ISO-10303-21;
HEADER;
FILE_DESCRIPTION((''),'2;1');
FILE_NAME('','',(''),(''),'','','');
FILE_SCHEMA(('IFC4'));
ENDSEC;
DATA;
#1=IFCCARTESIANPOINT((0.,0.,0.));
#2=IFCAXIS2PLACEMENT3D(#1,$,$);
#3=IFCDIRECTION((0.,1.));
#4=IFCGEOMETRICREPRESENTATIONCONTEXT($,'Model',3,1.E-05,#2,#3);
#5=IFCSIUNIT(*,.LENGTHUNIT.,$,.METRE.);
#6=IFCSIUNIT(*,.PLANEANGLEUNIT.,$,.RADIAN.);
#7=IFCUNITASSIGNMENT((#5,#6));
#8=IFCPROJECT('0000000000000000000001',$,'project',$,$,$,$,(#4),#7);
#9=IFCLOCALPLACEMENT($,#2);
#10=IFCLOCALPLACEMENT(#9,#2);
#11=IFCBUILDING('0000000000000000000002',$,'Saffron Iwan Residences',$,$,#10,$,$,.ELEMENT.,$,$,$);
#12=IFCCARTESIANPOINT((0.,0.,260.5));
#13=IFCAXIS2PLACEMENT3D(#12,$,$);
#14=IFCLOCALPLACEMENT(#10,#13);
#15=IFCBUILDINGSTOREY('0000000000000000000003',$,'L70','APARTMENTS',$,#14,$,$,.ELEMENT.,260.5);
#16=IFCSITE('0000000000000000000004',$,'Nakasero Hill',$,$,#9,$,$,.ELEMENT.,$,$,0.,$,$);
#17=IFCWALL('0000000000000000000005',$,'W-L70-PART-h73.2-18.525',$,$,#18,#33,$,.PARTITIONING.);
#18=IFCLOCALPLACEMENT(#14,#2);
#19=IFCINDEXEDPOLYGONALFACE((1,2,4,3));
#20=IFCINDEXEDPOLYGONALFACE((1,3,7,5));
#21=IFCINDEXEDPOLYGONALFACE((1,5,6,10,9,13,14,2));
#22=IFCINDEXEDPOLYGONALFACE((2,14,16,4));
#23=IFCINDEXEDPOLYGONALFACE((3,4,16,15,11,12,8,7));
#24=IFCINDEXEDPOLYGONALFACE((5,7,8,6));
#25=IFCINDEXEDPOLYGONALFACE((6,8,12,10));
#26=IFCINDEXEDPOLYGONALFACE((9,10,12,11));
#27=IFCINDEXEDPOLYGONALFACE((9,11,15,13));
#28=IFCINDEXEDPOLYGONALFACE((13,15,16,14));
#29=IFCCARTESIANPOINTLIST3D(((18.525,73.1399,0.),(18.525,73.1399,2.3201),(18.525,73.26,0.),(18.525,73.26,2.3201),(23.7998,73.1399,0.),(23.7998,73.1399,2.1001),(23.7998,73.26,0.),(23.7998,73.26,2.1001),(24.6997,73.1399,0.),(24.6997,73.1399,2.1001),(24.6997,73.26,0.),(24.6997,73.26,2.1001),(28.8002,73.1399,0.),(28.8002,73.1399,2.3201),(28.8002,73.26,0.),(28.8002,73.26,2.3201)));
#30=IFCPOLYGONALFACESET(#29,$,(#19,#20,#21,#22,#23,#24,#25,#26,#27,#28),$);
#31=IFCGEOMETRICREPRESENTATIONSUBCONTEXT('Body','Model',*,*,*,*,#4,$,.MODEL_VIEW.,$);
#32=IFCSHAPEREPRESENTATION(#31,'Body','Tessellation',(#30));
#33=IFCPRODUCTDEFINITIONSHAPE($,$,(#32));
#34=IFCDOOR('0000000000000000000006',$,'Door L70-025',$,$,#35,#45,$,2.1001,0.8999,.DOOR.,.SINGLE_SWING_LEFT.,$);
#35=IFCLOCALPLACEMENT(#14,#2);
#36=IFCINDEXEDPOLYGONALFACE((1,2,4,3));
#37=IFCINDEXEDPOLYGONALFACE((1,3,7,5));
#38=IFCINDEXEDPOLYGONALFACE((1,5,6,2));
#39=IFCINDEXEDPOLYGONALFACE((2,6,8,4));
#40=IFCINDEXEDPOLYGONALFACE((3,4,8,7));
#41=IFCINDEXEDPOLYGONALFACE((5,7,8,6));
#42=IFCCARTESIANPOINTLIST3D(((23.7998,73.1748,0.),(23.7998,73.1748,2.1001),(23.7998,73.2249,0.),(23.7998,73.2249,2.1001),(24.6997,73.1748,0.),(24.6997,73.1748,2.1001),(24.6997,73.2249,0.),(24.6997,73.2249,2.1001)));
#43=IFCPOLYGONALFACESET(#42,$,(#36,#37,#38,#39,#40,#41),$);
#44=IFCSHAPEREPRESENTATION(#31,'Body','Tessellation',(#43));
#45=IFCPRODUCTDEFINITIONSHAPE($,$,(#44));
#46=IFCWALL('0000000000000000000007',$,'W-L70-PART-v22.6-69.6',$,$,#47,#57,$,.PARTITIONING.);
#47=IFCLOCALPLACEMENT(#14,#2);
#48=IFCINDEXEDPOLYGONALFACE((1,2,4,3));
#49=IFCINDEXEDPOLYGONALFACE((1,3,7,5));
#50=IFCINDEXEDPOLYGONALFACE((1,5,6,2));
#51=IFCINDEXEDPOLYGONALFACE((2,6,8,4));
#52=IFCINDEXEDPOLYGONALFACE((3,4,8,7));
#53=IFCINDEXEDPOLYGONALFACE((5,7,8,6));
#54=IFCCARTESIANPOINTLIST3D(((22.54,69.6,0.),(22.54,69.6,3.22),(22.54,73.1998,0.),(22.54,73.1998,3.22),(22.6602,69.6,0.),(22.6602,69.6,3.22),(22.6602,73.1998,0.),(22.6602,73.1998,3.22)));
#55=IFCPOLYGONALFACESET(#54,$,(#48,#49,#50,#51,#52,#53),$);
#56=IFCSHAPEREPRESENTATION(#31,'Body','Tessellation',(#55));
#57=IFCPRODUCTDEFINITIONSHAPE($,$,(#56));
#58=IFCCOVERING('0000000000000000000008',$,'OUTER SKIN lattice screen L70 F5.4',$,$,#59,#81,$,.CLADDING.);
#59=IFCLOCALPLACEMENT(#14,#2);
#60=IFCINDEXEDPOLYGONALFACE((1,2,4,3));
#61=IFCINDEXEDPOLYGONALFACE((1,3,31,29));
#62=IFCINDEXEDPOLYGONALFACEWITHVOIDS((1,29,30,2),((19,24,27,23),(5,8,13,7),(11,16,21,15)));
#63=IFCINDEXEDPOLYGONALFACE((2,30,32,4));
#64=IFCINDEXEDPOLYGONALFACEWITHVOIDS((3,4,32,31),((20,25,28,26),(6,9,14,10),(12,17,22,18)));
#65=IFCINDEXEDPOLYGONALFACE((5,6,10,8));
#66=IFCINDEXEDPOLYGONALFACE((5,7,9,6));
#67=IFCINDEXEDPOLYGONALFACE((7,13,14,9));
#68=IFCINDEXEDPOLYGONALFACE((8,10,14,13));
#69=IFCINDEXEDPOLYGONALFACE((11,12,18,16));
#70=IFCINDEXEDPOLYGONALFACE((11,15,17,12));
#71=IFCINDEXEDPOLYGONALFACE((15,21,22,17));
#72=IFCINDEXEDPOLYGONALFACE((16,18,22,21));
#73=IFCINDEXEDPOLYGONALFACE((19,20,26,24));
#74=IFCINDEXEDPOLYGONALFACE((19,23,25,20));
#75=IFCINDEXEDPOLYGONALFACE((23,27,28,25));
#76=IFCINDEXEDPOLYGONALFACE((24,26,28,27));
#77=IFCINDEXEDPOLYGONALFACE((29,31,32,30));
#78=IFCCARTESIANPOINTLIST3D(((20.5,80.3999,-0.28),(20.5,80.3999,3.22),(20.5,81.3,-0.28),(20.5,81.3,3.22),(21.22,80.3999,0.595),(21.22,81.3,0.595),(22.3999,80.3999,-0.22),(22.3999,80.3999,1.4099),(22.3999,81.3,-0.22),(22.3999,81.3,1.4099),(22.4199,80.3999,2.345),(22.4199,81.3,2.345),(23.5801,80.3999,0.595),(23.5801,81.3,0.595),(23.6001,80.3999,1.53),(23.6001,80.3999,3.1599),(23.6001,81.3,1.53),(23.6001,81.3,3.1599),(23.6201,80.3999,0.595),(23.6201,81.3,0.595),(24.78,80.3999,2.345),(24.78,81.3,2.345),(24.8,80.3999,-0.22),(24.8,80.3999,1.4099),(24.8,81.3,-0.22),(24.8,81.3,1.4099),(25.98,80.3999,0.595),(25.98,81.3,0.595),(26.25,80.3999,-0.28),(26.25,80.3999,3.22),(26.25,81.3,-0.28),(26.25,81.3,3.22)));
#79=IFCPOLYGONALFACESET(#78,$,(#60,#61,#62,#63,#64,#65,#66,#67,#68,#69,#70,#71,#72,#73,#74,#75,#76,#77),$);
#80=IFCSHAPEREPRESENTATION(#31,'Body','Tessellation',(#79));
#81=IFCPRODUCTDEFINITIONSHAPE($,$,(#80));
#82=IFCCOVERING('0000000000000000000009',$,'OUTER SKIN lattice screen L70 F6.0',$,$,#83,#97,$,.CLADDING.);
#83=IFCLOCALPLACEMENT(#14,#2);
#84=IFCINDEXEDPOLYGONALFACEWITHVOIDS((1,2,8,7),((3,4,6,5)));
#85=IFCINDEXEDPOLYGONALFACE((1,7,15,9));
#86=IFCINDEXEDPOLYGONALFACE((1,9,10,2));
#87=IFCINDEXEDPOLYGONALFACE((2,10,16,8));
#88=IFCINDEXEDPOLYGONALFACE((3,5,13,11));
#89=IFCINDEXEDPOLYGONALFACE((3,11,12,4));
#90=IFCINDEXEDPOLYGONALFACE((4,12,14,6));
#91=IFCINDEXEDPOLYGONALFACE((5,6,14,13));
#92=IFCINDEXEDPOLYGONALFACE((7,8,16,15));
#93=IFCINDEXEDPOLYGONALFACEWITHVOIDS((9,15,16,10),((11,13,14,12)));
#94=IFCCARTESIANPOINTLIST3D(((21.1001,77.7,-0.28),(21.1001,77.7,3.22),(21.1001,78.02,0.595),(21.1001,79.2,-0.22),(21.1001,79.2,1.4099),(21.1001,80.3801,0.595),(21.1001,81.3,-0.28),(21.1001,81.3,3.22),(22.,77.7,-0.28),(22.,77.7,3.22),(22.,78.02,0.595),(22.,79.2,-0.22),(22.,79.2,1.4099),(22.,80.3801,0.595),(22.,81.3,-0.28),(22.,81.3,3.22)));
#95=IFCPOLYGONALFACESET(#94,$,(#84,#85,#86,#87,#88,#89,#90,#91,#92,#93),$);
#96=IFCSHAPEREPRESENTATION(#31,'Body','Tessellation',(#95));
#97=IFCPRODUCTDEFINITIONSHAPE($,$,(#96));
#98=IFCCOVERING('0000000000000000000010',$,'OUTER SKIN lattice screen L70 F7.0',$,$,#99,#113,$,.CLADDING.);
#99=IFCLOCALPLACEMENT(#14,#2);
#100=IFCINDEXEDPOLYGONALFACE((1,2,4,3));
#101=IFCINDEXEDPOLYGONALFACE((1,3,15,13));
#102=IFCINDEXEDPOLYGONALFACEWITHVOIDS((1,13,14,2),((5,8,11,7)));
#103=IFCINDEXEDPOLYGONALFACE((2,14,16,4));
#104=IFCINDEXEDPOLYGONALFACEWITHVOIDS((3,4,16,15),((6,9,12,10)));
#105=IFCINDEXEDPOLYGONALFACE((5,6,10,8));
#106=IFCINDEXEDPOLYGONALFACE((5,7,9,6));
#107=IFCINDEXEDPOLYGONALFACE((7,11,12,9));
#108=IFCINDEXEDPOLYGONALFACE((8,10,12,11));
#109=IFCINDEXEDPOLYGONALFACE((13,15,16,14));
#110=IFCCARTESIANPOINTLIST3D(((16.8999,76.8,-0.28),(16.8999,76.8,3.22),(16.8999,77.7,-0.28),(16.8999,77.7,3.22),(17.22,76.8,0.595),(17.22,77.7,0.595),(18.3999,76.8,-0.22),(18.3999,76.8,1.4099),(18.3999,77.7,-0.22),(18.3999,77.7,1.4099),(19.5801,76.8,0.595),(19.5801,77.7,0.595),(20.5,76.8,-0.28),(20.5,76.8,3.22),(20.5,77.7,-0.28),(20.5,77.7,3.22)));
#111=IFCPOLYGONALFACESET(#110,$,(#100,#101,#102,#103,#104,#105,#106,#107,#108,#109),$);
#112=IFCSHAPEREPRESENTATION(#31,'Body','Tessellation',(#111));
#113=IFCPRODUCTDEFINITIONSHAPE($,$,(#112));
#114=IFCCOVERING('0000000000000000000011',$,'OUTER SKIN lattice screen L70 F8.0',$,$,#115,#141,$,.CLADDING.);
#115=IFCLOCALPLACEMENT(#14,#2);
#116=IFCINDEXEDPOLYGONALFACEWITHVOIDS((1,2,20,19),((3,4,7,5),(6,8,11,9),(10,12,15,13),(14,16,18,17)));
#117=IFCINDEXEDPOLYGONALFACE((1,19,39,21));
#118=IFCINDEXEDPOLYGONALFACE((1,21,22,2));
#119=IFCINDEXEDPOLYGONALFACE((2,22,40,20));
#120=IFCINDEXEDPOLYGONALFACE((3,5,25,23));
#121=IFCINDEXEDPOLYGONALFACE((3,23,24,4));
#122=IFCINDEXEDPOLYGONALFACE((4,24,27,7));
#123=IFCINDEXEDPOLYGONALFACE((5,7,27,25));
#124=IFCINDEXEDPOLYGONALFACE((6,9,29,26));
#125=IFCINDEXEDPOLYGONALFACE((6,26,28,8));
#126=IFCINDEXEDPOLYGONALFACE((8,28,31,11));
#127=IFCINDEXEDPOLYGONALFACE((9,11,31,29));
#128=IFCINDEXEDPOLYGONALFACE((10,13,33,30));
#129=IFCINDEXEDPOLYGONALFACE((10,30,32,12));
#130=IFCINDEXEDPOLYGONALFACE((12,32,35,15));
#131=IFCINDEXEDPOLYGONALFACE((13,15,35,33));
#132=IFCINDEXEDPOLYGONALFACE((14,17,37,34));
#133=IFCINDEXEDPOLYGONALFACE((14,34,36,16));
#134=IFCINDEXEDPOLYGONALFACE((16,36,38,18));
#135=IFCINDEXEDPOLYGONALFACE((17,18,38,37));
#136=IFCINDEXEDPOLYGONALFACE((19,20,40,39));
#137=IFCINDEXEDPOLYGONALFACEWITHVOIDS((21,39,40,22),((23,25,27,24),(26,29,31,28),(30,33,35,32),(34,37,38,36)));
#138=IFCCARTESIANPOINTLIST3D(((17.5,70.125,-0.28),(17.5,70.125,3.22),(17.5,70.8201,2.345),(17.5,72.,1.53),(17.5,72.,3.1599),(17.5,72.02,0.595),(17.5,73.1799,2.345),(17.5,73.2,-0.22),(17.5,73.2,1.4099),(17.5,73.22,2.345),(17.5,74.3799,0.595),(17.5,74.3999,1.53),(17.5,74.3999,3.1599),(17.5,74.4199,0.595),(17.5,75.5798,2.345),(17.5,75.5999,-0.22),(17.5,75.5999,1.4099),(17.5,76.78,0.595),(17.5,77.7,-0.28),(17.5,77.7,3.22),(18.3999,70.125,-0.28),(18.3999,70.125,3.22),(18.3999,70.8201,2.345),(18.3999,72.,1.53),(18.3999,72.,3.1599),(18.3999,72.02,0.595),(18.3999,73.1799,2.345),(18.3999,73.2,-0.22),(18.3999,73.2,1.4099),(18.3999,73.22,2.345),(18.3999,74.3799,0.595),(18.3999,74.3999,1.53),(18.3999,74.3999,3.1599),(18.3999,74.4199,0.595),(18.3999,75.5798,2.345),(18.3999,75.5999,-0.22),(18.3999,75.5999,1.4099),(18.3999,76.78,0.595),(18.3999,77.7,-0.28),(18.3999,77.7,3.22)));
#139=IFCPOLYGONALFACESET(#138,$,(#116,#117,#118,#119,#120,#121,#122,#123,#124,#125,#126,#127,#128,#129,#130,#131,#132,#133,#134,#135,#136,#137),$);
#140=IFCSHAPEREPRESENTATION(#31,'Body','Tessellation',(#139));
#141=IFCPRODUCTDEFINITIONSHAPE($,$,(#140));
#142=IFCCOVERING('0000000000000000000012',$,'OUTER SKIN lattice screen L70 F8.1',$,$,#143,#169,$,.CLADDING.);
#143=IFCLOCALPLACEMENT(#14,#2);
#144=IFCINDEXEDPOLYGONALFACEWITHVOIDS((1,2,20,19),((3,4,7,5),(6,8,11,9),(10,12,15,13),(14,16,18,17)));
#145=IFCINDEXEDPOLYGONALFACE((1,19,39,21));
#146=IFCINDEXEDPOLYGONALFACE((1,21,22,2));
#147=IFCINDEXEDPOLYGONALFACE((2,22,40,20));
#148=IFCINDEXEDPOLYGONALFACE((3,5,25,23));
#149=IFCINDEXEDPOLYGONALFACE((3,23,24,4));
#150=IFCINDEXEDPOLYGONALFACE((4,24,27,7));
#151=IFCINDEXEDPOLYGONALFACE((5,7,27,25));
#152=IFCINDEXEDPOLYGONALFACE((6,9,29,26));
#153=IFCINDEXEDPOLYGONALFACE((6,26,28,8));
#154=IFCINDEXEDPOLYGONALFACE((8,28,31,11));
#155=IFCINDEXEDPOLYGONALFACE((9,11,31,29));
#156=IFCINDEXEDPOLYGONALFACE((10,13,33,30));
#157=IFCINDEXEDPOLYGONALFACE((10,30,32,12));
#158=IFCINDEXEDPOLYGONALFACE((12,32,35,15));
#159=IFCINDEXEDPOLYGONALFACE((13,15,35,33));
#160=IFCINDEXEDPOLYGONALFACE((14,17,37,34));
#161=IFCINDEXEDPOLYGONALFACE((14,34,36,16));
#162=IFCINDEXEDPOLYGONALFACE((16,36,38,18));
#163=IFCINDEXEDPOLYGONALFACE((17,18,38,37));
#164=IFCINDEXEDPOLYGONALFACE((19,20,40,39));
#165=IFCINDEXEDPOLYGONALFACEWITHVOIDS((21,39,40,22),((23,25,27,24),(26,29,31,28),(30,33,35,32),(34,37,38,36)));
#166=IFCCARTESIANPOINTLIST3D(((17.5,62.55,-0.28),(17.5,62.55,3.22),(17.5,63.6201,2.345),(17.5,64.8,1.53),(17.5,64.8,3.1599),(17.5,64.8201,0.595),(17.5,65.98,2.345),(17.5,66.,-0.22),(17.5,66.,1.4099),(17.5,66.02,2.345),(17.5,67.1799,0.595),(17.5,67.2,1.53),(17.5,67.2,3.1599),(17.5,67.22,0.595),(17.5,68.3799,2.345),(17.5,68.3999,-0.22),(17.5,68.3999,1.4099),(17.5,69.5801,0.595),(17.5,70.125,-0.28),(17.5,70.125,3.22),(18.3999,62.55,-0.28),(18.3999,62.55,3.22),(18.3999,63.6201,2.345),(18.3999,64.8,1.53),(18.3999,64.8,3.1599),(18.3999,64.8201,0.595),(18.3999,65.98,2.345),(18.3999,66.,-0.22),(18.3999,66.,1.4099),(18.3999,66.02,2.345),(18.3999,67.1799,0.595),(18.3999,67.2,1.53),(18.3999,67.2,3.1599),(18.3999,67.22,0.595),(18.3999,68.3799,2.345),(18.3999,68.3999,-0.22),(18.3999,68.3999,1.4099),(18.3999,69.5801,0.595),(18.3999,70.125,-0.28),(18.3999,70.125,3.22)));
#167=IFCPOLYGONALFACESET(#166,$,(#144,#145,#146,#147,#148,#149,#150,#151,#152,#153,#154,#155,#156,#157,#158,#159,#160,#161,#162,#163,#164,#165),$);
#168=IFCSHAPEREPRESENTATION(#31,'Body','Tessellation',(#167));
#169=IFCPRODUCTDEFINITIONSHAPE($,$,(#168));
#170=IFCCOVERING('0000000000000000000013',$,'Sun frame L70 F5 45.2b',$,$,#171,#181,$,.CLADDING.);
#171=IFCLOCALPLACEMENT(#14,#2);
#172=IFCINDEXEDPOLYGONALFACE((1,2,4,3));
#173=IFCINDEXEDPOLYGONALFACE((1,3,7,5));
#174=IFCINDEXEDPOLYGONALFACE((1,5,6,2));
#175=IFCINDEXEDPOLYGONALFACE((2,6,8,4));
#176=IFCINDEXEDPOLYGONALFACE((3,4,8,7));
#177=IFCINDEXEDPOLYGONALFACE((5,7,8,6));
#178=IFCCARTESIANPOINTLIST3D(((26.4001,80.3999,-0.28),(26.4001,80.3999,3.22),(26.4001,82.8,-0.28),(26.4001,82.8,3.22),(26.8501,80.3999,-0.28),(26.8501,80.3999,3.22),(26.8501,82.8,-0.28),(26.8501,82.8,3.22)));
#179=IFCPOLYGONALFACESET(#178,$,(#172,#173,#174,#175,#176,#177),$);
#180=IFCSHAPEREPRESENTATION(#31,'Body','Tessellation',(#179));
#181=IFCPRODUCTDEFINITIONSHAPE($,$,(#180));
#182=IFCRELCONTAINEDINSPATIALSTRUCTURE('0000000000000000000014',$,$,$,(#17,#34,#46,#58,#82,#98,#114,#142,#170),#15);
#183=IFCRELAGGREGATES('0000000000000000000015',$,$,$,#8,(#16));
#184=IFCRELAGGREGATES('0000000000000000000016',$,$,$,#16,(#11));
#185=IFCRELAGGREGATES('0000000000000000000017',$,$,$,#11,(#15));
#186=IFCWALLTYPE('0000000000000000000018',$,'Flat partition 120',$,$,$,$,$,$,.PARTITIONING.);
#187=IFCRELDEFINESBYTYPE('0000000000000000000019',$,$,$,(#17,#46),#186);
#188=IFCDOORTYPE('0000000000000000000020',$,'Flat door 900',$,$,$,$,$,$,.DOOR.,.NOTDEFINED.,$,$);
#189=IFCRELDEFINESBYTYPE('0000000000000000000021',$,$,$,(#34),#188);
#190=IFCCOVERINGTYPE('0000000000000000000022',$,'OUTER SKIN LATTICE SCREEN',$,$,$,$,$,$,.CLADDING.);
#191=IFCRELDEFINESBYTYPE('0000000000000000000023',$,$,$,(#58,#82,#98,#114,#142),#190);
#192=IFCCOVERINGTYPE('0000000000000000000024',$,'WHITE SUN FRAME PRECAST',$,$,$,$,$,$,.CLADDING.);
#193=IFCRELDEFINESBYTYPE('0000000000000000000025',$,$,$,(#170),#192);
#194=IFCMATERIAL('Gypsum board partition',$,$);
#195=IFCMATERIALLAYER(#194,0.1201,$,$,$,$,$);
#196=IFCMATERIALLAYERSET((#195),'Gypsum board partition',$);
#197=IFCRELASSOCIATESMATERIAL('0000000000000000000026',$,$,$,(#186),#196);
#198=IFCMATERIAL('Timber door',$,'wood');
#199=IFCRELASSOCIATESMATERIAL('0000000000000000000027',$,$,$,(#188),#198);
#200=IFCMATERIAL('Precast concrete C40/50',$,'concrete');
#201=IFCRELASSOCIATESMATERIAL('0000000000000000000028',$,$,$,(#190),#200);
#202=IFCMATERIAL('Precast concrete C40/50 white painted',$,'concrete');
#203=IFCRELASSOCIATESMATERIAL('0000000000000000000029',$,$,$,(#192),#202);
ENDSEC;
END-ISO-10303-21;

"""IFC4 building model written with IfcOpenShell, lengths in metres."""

from ifc_helpers import new_model, si_unit, direction, frame, frame_2d, origin, place, context, subcontext, project, spatial, polyline, rectangle, outline, extrude, material, layer, layer_set, type_object, element, fill, save


model = new_model("IFC4")

# Units and contexts
model_context = context("Model", 3, precision=1e-05, world=origin(), true_north=direction((0.0, 1.0)))
body_context = subcontext(model_context, "Body", "Model", "MODEL_VIEW")
ifc_project = project(units=[si_unit("LENGTHUNIT", "METRE"), si_unit("PLANEANGLEUNIT", "RADIAN")], contexts=[model_context])

# Site, building, storey
site_placement = place(None, origin())
site = spatial("IfcSite", under=ifc_project, at=site_placement, Name="Nakasero Hill", CompositionType="ELEMENT", RefElevation=0.0)
building_placement = place(site_placement, origin())
building = spatial("IfcBuilding", under=site, at=building_placement, Name="Saffron Iwan Residences", CompositionType="ELEMENT")
storey_placement = place(building_placement, frame((0.0, 0.0, 260.5)))
storey = spatial("IfcBuildingStorey", under=building, at=storey_placement, Name="L70", Description="APARTMENTS", CompositionType="ELEMENT", Elevation=260.5)

# Shared definitions
ifc_material_1 = material(Name="Gypsum board partition")
ifc_layer_1 = layer(ifc_material_1, 0.1201)
ifc_layer_set_1 = layer_set([ifc_layer_1], Name="Gypsum board partition")
wall_type_1 = type_object("IfcWallType", Name="Flat partition 120", PredefinedType="PARTITIONING", material=ifc_layer_set_1)

# Wall, opening, door
ifc_material_2 = material(Name="Timber door", Category="wood")
wall_1_placement = place(storey_placement, frame((18.5249, 73.2, 0.0), z_axis=(0.0, 0.0, 1.0), x_axis=(1.0, 0.0, 0.0)))
wall_1 = element("IfcWall", 1, at=wall_1_placement, inside=storey, type_object=wall_type_1, Name="W-L70-PART-h73.2-18.525", PredefinedType="PARTITIONING", context=body_context, shape_type="SweptSolid", body=[
    extrude(rectangle(XDim=10.2751, YDim=0.1201, at=frame_2d((5.1377, 0.0))), origin(), (0.0, 0.0, 1.0), 2.3201),
])
opening_1_placement = place(wall_1_placement, frame((5.2749, 0.0, 0.0)))
opening_1 = element("IfcOpeningElement", 2, at=opening_1_placement, cuts=wall_1, PredefinedType="OPENING", context=body_context, shape_type="SweptSolid", body=[
    extrude(rectangle(XDim=0.8999, YDim=2.1001, at=frame_2d((0.45, 1.05))), frame((0.0, 0.0701, 0.0), z_axis=(0.0, -1.0, 0.0), x_axis=(1.0, 0.0, 0.0)), (0.0, 0.0, 1.0), 0.1401),
])
door_type_1 = type_object("IfcDoorType", Name="Flat door 900", OperationType="NOTDEFINED", PredefinedType="DOOR", material=ifc_material_2)
door_1_placement = place(opening_1_placement, origin())
door_1 = element("IfcDoor", 3, at=door_1_placement, inside=storey, type_object=door_type_1, Name="Door L70-025", OperationType="SINGLE_SWING_LEFT", OverallHeight=2.1001, OverallWidth=0.8999, PredefinedType="DOOR", context=body_context, shape_type="SweptSolid", body=[
    extrude(rectangle(XDim=0.8999, YDim=2.1001, at=frame_2d((0.45, 1.05))), frame((0.0, 0.0249, 0.0), z_axis=(0.0, -1.0, 0.0), x_axis=(1.0, 0.0, 0.0)), (0.0, 0.0, 1.0), 0.05),
])
fill(opening_1, door_1)

# Wall
wall_2_placement = place(storey_placement, frame((22.6001, 69.6001, 0.0), z_axis=(0.0, 0.0, 1.0), x_axis=(0.0, 1.0, 0.0)))
element("IfcWall", 4, at=wall_2_placement, inside=storey, type_object=wall_type_1, Name="W-L70-PART-v22.6-69.6", PredefinedType="PARTITIONING", context=body_context, shape_type="SweptSolid", body=[
    extrude(rectangle(XDim=3.5999, YDim=0.1201, at=frame_2d((1.7998, 0.0))), origin(), (0.0, 0.0, 1.0), 3.22),
])

# Coverings
ifc_material_3 = material(Name="Precast concrete C40/50", Category="concrete")
covering_type_1 = type_object("IfcCoveringType", Name="OUTER SKIN LATTICE SCREEN", PredefinedType="CLADDING", material=ifc_material_3)
covering_1_placement = place(storey_placement, frame((26.25, 80.3999, -0.28), z_axis=(0.0, 1.0, 0.0), x_axis=(-1.0, 0.0, 0.0)))
element("IfcCovering", 5, at=covering_1_placement, inside=storey, type_object=covering_type_1, Name="OUTER SKIN lattice screen L70 F5.4", PredefinedType="CLADDING", context=body_context, shape_type="SweptSolid", body=[
    extrude(outline(polyline([(0.0, 0.0), (5.75, 0.0), (5.75, 3.5), (0.0, 3.5), (0.0, 0.0)]), holes=[polyline([(0.27, 0.875), (1.45, 0.0601), (2.6299, 0.875), (1.45, 1.6899), (0.27, 0.875)]), polyline([(2.6699, 0.875), (3.8501, 0.0601), (5.03, 0.875), (3.8501, 1.6899), (2.6699, 0.875)]), polyline([(1.47, 2.625), (2.6499, 1.8101), (3.8301, 2.625), (2.6499, 3.4399), (1.47, 2.625)])]), origin(), (0.0, 0.0, 1.0), 0.9001),
])
for number, where, z_axis, x_axis, name in (
    (6, (22.0, 81.3, -0.28), (-1.0, 0.0, 0.0), (0.0, -1.0, 0.0), "OUTER SKIN lattice screen L70 F6.0"),
    (7, (20.5, 76.8, -0.28), (0.0, 1.0, 0.0), (-1.0, 0.0, 0.0), "OUTER SKIN lattice screen L70 F7.0"),
):
    element("IfcCovering", number, at=place(storey_placement, frame(where, z_axis=z_axis, x_axis=x_axis)), inside=storey, type_object=covering_type_1, Name=name, PredefinedType="CLADDING", context=body_context, shape_type="SweptSolid", body=[
        extrude(outline(polyline([(0.0, 0.0), (3.6001, 0.0), (3.6001, 3.5), (0.0, 3.5), (0.0, 0.0)]), holes=[polyline([(0.9199, 0.875), (2.1001, 0.0601), (3.28, 0.875), (2.1001, 1.6899), (0.9199, 0.875)])]), origin(), (0.0, 0.0, 1.0), 0.8999),
    ])
covering_2_placement = place(storey_placement, frame((18.3999, 77.7, -0.28), z_axis=(-1.0, 0.0, 0.0), x_axis=(0.0, -1.0, 0.0)))
element("IfcCovering", 8, at=covering_2_placement, inside=storey, type_object=covering_type_1, Name="OUTER SKIN lattice screen L70 F8.0", PredefinedType="CLADDING", context=body_context, shape_type="SweptSolid", body=[
    extrude(outline(polyline([(0.0, 0.0), (7.575, 0.0), (7.575, 3.5), (0.0, 3.5), (0.0, 0.0)]), holes=[polyline([(0.9199, 0.875), (2.1001, 0.0601), (3.28, 0.875), (2.1001, 1.6899), (0.9199, 0.875)]), polyline([(3.3201, 0.875), (4.5, 0.0601), (5.6799, 0.875), (4.5, 1.6899), (3.3201, 0.875)]), polyline([(2.1201, 2.625), (3.3, 1.8101), (4.48, 2.625), (3.3, 3.4399), (2.1201, 2.625)]), polyline([(4.52, 2.625), (5.7, 1.8101), (6.8799, 2.625), (5.7, 3.4399), (4.52, 2.625)])]), origin(), (0.0, 0.0, 1.0), 0.8999),
])
covering_3_placement = place(storey_placement, frame((18.3999, 70.125, -0.28), z_axis=(-1.0, 0.0, 0.0), x_axis=(0.0, -1.0, 0.0)))
element("IfcCovering", 9, at=covering_3_placement, inside=storey, type_object=covering_type_1, Name="OUTER SKIN lattice screen L70 F8.1", PredefinedType="CLADDING", context=body_context, shape_type="SweptSolid", body=[
    extrude(outline(polyline([(0.0, 0.0), (7.575, 0.0), (7.575, 3.5), (0.0, 3.5), (0.0, 0.0)]), holes=[polyline([(0.5449, 0.875), (1.7251, 0.0601), (2.905, 0.875), (1.7251, 1.6899), (0.5449, 0.875)]), polyline([(2.9451, 0.875), (4.125, 0.0601), (5.3049, 0.875), (4.125, 1.6899), (2.9451, 0.875)]), polyline([(1.7451, 2.625), (2.925, 1.8101), (4.105, 2.625), (2.925, 3.4399), (1.7451, 2.625)]), polyline([(4.145, 2.625), (5.325, 1.8101), (6.5049, 2.625), (5.325, 3.4399), (4.145, 2.625)])]), origin(), (0.0, 0.0, 1.0), 0.8999),
])
ifc_material_4 = material(Name="Precast concrete C40/50 white painted", Category="concrete")
covering_type_2 = type_object("IfcCoveringType", Name="WHITE SUN FRAME PRECAST", PredefinedType="CLADDING", material=ifc_material_4)
covering_4_placement = place(storey_placement, frame((26.8501, 80.3999, -0.28), z_axis=(0.0, 1.0, 0.0), x_axis=(-1.0, 0.0, 0.0)))
element("IfcCovering", 10, at=covering_4_placement, inside=storey, type_object=covering_type_2, Name="Sun frame L70 F5 45.2b", PredefinedType="CLADDING", context=body_context, shape_type="SweptSolid", body=[
    extrude(outline(polyline([(0.0, 0.0), (0.45, 0.0), (0.45, 3.5), (0.0, 3.5), (0.0, 0.0)])), origin(), (0.0, 0.0, 1.0), 2.4001),
])

save(model, "model.ifc")
